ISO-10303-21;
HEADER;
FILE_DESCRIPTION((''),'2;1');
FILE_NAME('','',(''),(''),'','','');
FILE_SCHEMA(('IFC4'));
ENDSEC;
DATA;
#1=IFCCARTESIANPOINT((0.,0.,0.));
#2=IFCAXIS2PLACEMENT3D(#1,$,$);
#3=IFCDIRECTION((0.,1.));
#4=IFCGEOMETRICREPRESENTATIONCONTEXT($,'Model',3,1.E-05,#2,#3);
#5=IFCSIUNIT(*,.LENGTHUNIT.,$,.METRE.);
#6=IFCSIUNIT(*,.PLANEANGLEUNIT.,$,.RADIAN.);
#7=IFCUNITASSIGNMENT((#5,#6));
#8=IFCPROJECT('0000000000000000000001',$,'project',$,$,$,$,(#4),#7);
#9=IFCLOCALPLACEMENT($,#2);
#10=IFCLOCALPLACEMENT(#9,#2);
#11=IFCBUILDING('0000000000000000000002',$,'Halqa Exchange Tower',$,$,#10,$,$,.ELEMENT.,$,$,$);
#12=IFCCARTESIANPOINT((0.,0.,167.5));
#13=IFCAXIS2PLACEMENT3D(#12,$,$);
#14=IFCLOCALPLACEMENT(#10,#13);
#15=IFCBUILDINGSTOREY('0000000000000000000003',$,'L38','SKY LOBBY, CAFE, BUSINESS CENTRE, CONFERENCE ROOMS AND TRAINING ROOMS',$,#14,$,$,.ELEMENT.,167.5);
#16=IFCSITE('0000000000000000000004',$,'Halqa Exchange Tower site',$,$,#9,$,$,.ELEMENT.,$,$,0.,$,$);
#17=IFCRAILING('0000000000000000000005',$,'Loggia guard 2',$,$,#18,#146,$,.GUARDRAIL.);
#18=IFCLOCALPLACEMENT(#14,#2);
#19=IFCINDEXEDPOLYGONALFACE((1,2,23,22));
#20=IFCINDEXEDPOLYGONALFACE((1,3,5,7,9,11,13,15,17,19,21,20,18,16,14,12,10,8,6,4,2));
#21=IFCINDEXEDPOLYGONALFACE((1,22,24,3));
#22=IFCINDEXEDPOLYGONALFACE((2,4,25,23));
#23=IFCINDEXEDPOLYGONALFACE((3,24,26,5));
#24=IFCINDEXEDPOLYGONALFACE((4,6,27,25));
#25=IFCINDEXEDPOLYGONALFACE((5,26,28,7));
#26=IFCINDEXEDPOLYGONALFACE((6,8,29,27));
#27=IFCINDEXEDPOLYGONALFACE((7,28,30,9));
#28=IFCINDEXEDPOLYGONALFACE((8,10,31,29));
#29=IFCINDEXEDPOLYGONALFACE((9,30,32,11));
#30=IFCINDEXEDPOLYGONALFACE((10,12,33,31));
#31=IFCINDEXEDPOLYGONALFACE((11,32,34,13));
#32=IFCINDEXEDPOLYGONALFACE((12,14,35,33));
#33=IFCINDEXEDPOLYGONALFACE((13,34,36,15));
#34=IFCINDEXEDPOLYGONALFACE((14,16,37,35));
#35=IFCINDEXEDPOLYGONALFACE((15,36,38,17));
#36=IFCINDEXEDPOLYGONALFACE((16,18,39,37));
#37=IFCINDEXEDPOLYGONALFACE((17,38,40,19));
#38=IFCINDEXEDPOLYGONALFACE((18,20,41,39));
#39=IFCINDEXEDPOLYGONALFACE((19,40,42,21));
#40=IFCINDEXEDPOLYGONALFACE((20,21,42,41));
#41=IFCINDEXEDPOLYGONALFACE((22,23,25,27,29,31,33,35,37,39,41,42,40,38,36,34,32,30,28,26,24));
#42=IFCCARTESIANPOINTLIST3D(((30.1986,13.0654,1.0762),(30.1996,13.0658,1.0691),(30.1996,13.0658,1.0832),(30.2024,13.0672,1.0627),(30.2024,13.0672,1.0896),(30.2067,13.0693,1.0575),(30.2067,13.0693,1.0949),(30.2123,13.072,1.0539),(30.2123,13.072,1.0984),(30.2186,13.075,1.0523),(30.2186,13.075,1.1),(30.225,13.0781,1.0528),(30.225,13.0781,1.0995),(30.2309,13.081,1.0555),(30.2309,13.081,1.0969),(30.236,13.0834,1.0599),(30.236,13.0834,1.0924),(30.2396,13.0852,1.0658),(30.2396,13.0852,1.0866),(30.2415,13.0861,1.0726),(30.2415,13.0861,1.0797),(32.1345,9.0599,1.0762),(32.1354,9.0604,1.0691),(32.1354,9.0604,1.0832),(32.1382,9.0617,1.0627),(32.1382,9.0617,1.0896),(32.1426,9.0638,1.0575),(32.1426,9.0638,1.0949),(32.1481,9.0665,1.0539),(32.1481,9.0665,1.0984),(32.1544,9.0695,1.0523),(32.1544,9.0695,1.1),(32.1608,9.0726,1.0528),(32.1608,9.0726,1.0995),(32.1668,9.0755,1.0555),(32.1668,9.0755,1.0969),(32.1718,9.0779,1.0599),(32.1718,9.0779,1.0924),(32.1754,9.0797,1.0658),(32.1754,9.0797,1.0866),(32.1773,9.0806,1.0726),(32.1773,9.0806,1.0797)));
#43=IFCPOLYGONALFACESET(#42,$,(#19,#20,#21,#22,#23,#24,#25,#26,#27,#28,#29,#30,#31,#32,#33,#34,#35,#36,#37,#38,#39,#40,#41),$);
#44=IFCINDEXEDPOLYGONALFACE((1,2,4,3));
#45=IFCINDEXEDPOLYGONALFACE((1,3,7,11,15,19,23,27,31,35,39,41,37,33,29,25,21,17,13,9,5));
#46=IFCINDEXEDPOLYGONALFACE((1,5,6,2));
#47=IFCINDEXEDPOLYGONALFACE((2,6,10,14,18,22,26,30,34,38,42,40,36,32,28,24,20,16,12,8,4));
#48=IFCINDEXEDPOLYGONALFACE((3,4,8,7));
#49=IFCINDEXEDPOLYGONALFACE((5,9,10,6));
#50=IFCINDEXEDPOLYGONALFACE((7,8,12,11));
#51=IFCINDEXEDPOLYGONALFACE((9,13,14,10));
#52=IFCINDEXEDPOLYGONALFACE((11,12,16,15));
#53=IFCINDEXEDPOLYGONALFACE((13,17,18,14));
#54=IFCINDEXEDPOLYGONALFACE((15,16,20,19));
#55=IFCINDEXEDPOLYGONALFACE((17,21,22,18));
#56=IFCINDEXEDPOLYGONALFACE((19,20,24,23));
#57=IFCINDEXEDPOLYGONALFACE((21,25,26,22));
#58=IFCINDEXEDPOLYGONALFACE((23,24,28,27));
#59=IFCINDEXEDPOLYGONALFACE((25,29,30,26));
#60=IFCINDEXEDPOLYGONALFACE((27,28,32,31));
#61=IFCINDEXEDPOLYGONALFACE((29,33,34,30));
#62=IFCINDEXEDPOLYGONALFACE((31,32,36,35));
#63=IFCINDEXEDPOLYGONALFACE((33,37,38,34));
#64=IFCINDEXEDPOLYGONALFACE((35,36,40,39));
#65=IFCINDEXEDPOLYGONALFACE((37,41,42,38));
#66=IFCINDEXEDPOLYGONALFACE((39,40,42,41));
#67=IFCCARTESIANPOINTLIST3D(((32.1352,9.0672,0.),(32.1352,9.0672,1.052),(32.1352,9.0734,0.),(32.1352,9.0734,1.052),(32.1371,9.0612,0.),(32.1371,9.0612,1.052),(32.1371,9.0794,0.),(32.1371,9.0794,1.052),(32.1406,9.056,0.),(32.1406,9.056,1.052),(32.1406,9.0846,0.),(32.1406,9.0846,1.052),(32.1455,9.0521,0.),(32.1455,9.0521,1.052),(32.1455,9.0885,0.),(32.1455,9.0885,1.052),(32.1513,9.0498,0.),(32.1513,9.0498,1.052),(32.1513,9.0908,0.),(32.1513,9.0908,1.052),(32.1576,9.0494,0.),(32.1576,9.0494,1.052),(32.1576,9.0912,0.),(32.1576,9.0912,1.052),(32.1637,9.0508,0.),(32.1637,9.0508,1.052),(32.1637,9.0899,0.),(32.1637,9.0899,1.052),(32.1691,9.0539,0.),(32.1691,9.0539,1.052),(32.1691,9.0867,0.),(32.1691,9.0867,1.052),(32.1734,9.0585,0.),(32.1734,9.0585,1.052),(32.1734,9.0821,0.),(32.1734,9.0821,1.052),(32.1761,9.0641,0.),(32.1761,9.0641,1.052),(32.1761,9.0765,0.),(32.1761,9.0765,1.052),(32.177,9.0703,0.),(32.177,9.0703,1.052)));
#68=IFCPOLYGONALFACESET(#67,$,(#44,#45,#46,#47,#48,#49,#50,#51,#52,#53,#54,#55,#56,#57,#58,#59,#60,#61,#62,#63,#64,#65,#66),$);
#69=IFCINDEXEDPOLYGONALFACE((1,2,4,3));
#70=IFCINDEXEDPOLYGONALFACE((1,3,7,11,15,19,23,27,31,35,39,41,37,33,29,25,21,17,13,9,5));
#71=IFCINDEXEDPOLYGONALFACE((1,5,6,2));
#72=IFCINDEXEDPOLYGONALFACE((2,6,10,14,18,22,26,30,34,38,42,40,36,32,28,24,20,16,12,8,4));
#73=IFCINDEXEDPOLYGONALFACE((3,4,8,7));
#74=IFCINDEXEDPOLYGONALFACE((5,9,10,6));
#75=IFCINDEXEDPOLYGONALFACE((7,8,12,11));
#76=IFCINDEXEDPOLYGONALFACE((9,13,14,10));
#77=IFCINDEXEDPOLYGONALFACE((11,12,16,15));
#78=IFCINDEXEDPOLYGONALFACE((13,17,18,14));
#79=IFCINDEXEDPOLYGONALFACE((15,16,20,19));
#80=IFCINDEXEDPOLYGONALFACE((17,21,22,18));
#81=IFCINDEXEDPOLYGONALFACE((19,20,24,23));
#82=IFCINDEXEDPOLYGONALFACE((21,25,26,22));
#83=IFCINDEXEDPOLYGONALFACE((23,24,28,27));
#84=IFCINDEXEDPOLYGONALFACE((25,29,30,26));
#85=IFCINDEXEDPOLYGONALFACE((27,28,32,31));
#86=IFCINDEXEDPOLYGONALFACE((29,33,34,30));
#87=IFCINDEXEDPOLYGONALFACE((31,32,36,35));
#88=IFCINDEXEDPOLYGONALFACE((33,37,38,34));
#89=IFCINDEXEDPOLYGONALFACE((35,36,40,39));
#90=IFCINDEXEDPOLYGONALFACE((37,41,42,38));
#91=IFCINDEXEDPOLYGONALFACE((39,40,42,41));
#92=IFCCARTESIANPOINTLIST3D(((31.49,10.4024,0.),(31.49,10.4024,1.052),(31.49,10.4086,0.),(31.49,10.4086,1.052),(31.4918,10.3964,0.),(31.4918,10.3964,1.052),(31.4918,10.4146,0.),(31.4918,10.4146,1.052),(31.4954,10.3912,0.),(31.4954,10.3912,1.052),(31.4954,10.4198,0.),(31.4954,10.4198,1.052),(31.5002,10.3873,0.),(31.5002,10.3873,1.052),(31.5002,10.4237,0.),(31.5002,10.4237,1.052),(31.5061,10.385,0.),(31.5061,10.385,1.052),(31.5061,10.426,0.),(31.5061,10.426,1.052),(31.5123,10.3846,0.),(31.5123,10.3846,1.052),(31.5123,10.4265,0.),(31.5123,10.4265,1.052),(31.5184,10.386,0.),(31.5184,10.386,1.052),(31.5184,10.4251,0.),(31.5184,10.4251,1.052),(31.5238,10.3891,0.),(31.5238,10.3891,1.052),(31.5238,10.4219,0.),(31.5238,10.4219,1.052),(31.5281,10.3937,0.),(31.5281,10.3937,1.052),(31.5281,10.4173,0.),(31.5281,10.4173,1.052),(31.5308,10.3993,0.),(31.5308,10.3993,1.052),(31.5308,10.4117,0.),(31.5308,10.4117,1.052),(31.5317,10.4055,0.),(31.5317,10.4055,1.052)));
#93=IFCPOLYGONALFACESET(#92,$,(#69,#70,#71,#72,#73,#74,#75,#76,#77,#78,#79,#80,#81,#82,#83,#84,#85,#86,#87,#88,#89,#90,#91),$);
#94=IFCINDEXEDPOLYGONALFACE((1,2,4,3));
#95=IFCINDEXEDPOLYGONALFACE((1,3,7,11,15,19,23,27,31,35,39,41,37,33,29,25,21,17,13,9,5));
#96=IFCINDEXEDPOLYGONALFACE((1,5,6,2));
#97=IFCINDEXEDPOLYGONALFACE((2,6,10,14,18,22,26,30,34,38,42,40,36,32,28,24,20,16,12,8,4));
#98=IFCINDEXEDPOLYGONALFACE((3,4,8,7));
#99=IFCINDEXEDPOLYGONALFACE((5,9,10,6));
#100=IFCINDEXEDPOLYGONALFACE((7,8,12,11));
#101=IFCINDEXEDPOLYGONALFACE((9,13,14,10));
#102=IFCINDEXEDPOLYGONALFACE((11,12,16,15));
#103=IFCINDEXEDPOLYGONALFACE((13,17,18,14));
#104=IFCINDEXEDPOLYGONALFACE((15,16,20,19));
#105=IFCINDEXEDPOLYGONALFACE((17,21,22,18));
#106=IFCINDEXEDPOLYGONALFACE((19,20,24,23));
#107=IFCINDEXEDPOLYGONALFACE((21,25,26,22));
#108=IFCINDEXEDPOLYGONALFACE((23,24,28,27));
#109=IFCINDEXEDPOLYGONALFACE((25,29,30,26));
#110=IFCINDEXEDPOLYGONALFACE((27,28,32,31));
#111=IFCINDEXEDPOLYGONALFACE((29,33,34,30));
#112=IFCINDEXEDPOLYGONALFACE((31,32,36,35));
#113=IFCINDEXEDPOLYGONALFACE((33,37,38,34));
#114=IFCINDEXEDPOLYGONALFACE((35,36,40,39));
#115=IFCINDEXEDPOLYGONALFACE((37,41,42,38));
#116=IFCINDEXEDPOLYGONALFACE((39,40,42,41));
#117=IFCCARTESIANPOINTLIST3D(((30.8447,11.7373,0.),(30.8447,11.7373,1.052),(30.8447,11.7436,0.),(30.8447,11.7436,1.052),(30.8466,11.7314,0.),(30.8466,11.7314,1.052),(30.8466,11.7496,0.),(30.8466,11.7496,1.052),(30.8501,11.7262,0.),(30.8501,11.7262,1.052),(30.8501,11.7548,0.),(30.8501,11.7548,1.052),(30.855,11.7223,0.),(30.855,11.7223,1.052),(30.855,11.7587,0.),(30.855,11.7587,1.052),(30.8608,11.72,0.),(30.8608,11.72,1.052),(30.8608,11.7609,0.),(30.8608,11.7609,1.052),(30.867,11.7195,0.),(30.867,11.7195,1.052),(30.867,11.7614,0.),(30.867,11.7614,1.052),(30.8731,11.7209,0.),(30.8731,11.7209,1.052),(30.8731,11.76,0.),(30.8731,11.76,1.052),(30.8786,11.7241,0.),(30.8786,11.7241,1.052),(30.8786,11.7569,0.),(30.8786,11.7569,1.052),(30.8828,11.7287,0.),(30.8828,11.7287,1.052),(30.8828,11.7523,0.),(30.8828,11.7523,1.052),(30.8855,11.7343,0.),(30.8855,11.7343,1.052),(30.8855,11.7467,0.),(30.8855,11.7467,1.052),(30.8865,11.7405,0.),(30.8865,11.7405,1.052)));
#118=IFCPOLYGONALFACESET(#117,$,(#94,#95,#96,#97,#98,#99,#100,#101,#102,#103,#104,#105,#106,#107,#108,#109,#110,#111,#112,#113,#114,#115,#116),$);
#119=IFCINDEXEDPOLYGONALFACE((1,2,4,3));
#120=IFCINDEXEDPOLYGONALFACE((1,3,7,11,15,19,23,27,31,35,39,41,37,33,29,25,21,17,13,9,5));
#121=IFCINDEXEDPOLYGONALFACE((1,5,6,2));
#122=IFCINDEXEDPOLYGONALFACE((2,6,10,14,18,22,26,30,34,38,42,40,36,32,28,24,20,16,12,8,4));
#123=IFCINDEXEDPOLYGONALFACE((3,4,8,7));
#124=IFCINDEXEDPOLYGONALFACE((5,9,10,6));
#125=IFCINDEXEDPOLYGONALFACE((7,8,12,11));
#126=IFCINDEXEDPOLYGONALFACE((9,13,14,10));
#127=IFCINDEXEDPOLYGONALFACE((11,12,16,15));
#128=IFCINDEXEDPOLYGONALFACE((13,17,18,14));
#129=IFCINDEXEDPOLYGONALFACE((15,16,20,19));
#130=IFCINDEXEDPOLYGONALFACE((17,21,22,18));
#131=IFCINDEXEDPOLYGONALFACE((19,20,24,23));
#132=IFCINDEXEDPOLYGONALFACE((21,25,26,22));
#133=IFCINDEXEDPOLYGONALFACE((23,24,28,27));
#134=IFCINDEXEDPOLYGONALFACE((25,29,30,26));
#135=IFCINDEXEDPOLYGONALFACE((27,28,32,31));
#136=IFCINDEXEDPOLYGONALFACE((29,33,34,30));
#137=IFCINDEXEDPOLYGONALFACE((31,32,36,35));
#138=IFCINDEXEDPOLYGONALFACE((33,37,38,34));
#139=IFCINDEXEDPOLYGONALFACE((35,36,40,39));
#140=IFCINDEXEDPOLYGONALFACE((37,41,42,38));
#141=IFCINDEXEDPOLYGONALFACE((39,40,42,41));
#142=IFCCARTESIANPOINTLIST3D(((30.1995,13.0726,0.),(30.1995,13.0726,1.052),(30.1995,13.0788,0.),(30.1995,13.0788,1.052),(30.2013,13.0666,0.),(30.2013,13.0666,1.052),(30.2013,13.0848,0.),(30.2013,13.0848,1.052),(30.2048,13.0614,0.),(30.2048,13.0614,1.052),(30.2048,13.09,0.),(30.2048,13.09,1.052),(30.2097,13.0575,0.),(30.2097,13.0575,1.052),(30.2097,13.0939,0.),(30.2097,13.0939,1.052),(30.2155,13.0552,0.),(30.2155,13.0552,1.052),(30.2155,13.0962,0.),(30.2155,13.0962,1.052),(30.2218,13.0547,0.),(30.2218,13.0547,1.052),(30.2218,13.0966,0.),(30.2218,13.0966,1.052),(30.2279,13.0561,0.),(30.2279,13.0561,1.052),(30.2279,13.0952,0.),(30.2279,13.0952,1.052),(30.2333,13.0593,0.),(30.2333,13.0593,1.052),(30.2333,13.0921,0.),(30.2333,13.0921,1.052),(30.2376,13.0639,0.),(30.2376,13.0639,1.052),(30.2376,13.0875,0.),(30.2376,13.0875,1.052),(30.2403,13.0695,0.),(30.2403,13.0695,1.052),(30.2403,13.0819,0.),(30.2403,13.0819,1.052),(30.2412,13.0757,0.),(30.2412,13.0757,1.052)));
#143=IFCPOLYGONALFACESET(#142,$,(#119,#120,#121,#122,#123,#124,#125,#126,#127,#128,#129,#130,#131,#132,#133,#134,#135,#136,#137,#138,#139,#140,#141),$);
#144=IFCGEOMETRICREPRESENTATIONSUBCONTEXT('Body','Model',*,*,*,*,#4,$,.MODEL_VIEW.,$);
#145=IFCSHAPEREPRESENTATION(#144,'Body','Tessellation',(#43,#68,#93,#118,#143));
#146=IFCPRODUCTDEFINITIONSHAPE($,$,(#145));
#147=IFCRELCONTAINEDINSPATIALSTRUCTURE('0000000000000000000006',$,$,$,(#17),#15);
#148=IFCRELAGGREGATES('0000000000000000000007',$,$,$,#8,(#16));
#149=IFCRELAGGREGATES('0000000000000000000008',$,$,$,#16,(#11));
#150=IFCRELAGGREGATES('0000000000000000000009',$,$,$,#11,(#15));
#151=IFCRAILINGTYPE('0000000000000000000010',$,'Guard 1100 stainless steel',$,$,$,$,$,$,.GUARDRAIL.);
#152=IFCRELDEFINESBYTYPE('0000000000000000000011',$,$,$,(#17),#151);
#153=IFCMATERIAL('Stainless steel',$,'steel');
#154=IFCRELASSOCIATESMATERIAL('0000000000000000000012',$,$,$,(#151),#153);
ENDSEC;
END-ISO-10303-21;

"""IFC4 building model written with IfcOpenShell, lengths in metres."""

from ifc_helpers import new_model, si_unit, direction, frame, origin, origin_2d, place, context, subcontext, project, spatial, circle, extrude, material, type_object, element, save


model = new_model("IFC4")

# Units and contexts
model_context = context("Model", 3, precision=1e-05, world=origin(), true_north=direction((0.0, 1.0)))
body_context = subcontext(model_context, "Body", "Model", "MODEL_VIEW")
ifc_project = project(units=[si_unit("LENGTHUNIT", "METRE"), si_unit("PLANEANGLEUNIT", "RADIAN")], contexts=[model_context])

# Site, building, storey
site_placement = place(None, origin())
site = spatial("IfcSite", under=ifc_project, at=site_placement, Name="Halqa Exchange Tower site", CompositionType="ELEMENT", RefElevation=0.0)
building_placement = place(site_placement, origin())
building = spatial("IfcBuilding", under=site, at=building_placement, Name="Halqa Exchange Tower", CompositionType="ELEMENT")
storey_placement = place(building_placement, frame((0.0, 0.0, 167.5)))
storey = spatial("IfcBuildingStorey", under=building, at=storey_placement, Name="L38", Description="SKY LOBBY, CAFE, BUSINESS CENTRE, CONFERENCE ROOMS AND TRAINING ROOMS", CompositionType="ELEMENT", Elevation=167.5)

# Railing
ifc_material_1 = material(Name="Stainless steel", Category="steel")
railing_type = type_object("IfcRailingType", Name="Guard 1100 stainless steel", PredefinedType="GUARDRAIL", material=ifc_material_1)
railing_1_placement = place(storey_placement, frame((32.156, 9.0703, 0.0)))
element("IfcRailing", 1, at=railing_1_placement, inside=storey, type_object=railing_type, Name="Loggia guard 2", PredefinedType="GUARDRAIL", context=body_context, shape_type="SweptSolid", body=[
    extrude(circle(Radius=0.0239, at=origin_2d()), frame((0.0, 0.0, 1.0762), z_axis=(-0.435143, 0.900361, 0.0), x_axis=(-0.900361, -0.435143, 0.0)), (0.0, 0.0, 1.0), 4.4487),
    extrude(circle(Radius=0.021, at=origin_2d()), origin(), (0.0, 0.0, 1.0), 1.052),
    extrude(circle(Radius=0.021, at=origin_2d()), frame((-0.6453, 1.3352, 0.0)), (0.0, 0.0, 1.0), 1.052),
    extrude(circle(Radius=0.021, at=origin_2d()), frame((-1.2905, 2.6702, 0.0)), (0.0, 0.0, 1.0), 1.052),
    extrude(circle(Radius=0.021, at=origin_2d()), frame((-1.9358, 4.0054, 0.0)), (0.0, 0.0, 1.0), 1.052),
])

save(model, "model.ifc")
